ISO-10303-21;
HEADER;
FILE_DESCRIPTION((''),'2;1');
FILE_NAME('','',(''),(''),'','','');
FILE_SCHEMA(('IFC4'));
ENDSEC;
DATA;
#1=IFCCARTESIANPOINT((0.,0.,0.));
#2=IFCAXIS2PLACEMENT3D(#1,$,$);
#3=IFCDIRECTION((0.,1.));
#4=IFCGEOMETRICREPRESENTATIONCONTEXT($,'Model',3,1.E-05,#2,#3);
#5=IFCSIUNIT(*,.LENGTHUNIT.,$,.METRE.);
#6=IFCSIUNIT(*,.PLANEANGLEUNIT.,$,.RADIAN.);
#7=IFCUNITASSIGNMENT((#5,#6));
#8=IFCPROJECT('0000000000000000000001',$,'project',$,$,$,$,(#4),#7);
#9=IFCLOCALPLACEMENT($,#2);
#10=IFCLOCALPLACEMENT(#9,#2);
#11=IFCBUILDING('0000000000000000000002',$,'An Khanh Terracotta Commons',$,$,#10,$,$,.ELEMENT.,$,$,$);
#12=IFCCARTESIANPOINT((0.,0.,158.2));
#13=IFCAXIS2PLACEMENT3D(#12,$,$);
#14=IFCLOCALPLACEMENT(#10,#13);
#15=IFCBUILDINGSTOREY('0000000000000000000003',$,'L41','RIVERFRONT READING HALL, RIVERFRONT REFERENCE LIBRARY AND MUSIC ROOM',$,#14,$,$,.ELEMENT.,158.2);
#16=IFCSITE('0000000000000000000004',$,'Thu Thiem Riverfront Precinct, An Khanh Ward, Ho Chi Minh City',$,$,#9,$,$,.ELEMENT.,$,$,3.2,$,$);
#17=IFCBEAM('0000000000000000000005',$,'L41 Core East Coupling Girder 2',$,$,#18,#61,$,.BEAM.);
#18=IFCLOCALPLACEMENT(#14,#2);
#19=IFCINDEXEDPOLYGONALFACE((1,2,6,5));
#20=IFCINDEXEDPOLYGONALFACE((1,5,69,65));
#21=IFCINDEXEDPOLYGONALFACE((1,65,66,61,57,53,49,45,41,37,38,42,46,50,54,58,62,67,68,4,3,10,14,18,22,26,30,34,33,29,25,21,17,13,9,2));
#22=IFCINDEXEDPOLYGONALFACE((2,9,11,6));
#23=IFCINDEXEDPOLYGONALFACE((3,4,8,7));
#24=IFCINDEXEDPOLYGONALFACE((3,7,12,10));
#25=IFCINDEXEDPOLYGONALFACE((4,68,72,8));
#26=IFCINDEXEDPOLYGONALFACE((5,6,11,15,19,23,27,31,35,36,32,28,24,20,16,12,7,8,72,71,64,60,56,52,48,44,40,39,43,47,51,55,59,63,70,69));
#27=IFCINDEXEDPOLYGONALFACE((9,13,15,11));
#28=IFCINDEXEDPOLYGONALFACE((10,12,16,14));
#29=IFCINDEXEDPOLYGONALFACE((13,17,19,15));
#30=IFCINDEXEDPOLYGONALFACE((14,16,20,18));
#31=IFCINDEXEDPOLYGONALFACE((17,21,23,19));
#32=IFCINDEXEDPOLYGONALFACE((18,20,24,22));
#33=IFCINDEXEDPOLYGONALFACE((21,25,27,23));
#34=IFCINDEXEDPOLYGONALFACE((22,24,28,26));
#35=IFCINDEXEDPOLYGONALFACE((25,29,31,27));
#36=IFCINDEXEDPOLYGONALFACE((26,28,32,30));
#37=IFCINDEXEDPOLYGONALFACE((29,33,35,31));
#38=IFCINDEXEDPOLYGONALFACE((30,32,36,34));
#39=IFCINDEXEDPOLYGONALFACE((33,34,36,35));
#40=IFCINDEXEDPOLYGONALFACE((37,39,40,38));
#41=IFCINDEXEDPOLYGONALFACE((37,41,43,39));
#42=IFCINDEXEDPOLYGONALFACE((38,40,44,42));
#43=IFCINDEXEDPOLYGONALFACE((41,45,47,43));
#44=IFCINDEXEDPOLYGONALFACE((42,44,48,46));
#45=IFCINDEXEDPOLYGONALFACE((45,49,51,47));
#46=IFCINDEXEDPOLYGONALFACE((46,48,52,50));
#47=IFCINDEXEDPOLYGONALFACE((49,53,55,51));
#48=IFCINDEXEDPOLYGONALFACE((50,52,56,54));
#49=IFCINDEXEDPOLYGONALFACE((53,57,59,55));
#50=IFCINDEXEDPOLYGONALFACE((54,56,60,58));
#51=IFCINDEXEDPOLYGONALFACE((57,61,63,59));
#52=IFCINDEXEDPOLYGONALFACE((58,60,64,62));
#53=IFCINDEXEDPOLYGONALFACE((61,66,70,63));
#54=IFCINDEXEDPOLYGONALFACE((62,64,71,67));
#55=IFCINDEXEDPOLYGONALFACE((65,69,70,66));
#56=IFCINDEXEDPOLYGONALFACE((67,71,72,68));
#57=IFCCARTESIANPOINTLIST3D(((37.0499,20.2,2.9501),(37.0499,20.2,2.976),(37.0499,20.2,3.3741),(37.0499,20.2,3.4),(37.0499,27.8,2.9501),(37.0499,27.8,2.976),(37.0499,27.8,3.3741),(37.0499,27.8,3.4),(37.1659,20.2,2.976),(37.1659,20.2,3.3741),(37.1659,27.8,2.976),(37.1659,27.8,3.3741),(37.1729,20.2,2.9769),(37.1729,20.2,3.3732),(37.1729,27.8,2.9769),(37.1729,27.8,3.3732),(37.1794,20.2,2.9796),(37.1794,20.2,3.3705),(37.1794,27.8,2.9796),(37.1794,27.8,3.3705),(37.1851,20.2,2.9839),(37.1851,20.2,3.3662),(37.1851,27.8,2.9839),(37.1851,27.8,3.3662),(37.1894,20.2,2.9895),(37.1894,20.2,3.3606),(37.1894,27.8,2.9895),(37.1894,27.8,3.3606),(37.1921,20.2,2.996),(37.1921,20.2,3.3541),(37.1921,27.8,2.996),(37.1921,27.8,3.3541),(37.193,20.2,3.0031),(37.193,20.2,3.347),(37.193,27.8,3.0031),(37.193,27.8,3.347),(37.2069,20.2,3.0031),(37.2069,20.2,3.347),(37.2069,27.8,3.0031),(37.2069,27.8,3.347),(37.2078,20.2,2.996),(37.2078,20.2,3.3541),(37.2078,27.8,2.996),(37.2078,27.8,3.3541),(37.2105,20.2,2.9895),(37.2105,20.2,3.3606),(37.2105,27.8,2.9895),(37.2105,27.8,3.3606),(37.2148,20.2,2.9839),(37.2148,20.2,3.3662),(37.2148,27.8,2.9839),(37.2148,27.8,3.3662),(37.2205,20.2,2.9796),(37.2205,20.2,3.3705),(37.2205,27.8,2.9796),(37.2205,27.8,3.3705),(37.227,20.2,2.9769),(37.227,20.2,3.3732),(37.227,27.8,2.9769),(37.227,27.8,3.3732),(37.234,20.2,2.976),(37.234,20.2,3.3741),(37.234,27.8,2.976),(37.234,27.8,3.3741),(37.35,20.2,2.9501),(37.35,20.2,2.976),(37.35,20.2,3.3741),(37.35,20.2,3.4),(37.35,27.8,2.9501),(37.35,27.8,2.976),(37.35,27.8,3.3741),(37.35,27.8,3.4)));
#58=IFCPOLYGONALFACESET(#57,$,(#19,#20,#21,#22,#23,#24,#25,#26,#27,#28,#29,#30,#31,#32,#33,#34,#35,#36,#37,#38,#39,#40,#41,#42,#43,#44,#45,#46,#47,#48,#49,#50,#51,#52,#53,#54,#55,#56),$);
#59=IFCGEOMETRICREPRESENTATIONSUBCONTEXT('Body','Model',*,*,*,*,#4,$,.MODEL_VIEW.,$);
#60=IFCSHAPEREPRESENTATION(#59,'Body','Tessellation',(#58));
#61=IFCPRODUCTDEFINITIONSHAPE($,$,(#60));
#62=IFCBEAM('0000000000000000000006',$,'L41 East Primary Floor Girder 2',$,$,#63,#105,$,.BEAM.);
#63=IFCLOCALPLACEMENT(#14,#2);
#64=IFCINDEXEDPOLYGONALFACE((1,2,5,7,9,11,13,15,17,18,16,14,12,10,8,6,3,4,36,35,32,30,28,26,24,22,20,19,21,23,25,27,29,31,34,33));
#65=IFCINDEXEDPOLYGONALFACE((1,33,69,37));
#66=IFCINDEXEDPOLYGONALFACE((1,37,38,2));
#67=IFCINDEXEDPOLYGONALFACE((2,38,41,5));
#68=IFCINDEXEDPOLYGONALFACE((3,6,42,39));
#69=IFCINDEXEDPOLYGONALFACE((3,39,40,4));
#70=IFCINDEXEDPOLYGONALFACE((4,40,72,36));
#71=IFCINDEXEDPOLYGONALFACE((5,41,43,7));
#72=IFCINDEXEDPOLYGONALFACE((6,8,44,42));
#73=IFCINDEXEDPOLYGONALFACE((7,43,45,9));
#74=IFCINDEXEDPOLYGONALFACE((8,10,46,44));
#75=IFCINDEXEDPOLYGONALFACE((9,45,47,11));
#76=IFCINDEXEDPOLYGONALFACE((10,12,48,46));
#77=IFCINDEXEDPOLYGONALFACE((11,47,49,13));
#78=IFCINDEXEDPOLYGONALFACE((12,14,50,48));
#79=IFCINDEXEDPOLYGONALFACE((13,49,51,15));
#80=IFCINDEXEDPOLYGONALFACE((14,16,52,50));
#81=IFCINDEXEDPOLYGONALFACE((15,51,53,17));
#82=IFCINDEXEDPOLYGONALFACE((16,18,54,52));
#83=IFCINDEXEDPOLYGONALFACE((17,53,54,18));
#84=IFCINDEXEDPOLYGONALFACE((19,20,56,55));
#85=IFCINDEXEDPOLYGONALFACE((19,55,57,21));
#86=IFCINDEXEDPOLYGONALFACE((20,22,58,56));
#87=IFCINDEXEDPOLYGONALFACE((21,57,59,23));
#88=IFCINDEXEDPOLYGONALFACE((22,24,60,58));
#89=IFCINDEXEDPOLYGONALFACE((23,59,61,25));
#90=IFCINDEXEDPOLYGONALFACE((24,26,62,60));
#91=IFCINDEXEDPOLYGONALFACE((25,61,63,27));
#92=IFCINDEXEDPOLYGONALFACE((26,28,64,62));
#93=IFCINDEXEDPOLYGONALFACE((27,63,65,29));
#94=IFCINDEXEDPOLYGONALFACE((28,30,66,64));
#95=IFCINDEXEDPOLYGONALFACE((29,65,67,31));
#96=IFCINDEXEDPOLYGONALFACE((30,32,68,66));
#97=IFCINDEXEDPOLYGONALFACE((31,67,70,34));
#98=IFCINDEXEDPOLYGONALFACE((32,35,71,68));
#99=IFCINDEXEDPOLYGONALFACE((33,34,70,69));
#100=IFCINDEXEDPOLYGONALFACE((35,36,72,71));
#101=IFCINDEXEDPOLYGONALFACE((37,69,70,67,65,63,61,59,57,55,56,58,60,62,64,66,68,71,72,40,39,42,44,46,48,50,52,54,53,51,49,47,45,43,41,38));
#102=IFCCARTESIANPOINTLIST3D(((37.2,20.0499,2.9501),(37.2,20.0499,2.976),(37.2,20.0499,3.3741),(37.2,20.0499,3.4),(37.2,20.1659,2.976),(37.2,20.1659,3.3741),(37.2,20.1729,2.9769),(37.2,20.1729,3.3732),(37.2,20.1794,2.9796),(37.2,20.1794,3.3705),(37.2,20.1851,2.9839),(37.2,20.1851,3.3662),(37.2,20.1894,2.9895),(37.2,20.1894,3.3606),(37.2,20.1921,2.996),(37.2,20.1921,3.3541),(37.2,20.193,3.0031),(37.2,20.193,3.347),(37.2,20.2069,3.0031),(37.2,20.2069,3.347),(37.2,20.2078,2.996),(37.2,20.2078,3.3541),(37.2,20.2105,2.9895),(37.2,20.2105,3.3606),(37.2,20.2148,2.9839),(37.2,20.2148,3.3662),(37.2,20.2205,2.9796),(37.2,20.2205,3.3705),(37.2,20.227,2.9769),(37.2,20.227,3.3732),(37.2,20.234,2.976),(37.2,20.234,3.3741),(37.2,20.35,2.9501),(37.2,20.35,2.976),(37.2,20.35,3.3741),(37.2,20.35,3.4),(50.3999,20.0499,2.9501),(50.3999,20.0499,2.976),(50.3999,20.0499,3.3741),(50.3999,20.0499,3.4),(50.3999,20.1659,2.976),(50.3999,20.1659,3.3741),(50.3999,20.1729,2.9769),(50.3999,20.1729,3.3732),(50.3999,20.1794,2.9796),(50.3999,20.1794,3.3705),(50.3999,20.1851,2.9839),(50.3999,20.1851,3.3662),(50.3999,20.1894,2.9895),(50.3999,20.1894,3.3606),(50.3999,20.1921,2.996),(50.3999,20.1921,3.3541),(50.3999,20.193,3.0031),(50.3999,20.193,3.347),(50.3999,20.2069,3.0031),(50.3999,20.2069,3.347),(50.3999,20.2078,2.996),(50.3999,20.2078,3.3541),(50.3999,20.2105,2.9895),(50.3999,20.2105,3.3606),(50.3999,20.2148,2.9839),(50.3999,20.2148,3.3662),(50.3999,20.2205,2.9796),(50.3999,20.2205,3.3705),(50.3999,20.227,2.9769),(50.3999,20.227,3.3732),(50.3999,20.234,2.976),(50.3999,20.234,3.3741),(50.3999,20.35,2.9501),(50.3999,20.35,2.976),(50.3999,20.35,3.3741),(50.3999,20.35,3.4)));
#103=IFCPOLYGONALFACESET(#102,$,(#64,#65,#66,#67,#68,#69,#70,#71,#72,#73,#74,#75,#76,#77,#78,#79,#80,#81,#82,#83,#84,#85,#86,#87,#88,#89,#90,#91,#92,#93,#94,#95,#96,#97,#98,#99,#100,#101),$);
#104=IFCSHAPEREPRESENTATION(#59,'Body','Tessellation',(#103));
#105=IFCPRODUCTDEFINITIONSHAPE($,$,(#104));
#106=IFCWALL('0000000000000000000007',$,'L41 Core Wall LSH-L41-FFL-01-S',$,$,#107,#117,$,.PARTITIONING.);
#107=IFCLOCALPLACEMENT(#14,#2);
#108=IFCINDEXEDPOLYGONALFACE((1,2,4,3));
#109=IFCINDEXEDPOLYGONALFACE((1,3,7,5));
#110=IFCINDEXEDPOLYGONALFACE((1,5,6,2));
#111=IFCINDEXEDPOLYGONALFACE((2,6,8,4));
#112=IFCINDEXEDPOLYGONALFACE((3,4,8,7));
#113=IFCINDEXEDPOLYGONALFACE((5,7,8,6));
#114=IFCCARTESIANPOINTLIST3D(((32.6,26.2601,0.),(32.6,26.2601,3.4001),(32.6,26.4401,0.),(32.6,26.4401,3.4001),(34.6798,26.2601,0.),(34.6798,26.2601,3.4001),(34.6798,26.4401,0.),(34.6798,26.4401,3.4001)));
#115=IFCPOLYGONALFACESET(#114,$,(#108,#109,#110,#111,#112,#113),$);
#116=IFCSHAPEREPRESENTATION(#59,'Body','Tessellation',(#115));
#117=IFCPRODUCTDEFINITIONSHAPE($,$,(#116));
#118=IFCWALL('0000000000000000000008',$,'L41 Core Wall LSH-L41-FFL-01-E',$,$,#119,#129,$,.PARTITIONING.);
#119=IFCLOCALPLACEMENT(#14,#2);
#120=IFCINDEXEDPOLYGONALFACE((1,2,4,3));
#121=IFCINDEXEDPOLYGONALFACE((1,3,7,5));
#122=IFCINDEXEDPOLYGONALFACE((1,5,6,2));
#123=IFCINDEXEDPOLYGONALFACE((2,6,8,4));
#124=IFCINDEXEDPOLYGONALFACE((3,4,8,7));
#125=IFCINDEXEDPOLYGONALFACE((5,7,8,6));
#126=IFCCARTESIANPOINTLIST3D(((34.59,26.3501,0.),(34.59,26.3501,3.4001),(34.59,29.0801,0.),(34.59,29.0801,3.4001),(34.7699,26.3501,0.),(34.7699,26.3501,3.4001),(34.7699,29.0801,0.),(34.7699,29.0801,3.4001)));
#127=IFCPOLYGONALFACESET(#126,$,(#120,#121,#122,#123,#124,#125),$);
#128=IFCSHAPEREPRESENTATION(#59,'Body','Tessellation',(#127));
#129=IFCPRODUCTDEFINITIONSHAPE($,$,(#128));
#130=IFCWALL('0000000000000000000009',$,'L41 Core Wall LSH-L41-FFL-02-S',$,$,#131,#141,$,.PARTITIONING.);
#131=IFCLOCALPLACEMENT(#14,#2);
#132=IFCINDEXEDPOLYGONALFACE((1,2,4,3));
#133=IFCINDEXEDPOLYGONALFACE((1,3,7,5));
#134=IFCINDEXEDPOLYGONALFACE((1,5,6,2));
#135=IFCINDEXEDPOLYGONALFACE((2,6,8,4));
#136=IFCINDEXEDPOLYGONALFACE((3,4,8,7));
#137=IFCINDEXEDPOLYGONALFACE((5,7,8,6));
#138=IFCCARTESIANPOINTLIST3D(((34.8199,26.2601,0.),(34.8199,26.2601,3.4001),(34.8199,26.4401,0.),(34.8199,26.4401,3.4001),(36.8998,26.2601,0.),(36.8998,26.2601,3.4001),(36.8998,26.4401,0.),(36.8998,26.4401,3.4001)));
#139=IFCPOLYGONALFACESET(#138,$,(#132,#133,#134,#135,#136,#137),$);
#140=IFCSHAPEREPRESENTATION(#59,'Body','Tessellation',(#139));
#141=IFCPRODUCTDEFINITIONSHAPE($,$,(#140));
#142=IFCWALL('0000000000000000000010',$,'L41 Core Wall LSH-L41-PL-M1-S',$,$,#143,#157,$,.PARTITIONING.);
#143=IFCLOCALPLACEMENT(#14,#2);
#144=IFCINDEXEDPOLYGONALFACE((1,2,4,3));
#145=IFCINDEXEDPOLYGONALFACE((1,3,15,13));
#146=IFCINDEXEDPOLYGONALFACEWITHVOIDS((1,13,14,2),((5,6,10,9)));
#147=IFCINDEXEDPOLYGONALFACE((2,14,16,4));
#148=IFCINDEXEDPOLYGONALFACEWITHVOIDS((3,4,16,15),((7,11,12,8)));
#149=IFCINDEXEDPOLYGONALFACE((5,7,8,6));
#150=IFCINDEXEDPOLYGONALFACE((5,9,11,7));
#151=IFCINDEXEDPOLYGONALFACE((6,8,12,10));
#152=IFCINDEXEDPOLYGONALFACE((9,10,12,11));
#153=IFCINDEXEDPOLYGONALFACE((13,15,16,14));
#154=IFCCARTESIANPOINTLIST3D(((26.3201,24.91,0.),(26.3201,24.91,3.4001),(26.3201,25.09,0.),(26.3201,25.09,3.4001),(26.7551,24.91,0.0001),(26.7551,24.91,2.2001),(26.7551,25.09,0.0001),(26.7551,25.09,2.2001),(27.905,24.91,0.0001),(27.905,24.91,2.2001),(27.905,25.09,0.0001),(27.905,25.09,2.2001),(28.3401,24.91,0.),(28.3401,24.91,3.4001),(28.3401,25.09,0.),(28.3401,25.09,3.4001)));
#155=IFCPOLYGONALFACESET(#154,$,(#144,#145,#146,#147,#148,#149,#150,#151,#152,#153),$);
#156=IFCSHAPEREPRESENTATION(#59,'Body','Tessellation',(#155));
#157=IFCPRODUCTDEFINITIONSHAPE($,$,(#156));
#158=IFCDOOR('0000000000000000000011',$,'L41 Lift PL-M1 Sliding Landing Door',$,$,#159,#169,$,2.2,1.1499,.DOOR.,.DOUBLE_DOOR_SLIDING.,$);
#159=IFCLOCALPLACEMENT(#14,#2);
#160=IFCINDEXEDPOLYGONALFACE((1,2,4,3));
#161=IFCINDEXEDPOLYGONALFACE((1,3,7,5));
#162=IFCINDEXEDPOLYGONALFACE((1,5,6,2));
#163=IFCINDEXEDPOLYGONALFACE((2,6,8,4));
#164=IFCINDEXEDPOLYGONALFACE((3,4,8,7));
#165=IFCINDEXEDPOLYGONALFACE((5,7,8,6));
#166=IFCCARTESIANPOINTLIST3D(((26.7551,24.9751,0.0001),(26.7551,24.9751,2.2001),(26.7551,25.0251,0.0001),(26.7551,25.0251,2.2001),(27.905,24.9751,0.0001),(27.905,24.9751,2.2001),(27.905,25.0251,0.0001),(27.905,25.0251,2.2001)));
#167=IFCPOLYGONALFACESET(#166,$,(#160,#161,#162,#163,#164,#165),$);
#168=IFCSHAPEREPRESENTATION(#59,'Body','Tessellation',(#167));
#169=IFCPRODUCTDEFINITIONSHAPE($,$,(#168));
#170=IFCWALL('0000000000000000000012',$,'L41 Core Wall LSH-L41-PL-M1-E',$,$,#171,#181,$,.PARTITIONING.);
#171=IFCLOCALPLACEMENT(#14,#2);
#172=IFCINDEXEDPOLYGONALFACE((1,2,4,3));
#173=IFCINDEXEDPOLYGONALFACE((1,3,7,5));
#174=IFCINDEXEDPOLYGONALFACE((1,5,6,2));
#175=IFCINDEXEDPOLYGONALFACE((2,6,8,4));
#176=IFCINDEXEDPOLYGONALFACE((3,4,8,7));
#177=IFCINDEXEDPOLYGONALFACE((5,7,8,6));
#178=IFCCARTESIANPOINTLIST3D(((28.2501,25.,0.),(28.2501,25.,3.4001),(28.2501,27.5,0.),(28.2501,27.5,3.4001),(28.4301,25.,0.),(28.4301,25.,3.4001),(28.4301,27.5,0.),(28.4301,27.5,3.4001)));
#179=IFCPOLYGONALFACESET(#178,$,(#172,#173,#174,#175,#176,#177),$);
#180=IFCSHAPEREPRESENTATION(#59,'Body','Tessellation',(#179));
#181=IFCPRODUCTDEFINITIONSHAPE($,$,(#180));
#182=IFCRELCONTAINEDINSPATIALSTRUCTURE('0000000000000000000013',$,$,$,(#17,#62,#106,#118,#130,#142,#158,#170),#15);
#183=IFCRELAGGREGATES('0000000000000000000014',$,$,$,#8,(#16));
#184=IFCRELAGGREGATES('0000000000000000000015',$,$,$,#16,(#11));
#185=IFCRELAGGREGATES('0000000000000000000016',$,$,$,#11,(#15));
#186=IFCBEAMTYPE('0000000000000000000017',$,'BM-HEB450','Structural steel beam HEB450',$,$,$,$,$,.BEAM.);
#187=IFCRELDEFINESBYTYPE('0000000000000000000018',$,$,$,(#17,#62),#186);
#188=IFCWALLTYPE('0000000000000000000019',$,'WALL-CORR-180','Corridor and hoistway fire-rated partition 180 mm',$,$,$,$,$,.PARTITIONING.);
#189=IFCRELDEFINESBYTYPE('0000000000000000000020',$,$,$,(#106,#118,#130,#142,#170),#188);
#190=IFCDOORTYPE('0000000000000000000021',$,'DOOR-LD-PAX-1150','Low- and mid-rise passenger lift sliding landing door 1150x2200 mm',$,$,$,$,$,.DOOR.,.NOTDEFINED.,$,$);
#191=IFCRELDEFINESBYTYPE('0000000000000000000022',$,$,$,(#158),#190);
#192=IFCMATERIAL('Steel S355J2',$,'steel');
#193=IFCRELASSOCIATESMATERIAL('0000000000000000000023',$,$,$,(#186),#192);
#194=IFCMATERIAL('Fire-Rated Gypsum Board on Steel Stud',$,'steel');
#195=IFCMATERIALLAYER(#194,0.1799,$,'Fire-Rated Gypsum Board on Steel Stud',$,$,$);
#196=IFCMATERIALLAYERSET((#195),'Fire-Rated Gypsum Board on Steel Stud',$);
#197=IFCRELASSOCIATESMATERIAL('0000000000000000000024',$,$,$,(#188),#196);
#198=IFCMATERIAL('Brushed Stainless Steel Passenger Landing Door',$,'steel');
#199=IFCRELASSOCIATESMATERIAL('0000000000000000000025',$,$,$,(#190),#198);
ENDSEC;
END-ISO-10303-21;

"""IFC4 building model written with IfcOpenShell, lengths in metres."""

from ifc_helpers import new_model, si_unit, direction, frame, frame_2d, origin, origin_2d, place, context, subcontext, project, spatial, rectangle, i_section, extrude, material, layer, layer_set, material_profile, profile_set, type_object, element, fill, save


model = new_model("IFC4")

# Units and contexts
model_context = context("Model", 3, precision=1e-05, world=origin(), true_north=direction((0.0, 1.0)))
body_context = subcontext(model_context, "Body", "Model", "MODEL_VIEW")
ifc_project = project(units=[si_unit("LENGTHUNIT", "METRE"), si_unit("PLANEANGLEUNIT", "RADIAN")], contexts=[model_context])

# Site, building, storey
site_placement = place(None, origin())
site = spatial("IfcSite", under=ifc_project, at=site_placement, Name="Thu Thiem Riverfront Precinct, An Khanh Ward, Ho Chi Minh City", CompositionType="ELEMENT", RefElevation=3.2)
building_placement = place(site_placement, origin())
building = spatial("IfcBuilding", under=site, at=building_placement, Name="An Khanh Terracotta Commons", CompositionType="ELEMENT")
storey_placement = place(building_placement, frame((0.0, 0.0, 158.2)))
storey = spatial("IfcBuildingStorey", under=building, at=storey_placement, Name="L41", Description="RIVERFRONT READING HALL, RIVERFRONT REFERENCE LIBRARY AND MUSIC ROOM", CompositionType="ELEMENT", Elevation=158.2)

# Beams
ifc_material_1 = material(Name="Steel S355J2", Category="steel")
ifc_material_profile = material_profile(ifc_material_1, i_section(OverallWidth=0.3, OverallDepth=0.45, WebThickness=0.0139, FlangeThickness=0.0259, FilletRadius=0.0271, at=origin_2d()), Name="HEB450")
ifc_profile_set = profile_set([ifc_material_profile], Name="Steel S355J2")
beam_type = type_object("IfcBeamType", Name="BM-HEB450", Description="Structural steel beam HEB450", PredefinedType="BEAM", material=ifc_profile_set)
beam_1_placement = place(storey_placement, frame((37.2, 20.2, 3.175), z_axis=(0.0, 1.0, 0.0), x_axis=(-1.0, 0.0, 0.0)))
element("IfcBeam", 1, at=beam_1_placement, inside=storey, type_object=beam_type, Name="L41 Core East Coupling Girder 2", PredefinedType="BEAM", context=body_context, shape_type="SweptSolid", body=[
    extrude(i_section(OverallWidth=0.3, OverallDepth=0.45, WebThickness=0.0139, FlangeThickness=0.0259, FilletRadius=0.0271, at=origin_2d()), origin(), (0.0, 0.0, 1.0), 7.6001),
])
beam_2_placement = place(storey_placement, frame((37.2, 20.2, 3.175), z_axis=(1.0, 0.0, 0.0), x_axis=(0.0, 1.0, 0.0)))
element("IfcBeam", 2, at=beam_2_placement, inside=storey, type_object=beam_type, Name="L41 East Primary Floor Girder 2", PredefinedType="BEAM", context=body_context, shape_type="SweptSolid", body=[
    extrude(i_section(OverallWidth=0.3, OverallDepth=0.45, WebThickness=0.0139, FlangeThickness=0.0259, FilletRadius=0.0271, at=origin_2d()), origin(), (0.0, 0.0, 1.0), 13.2),
])

# Walls
ifc_material_2 = material(Name="Fire-Rated Gypsum Board on Steel Stud", Category="steel")
ifc_layer = layer(ifc_material_2, 0.1799, Name="Fire-Rated Gypsum Board on Steel Stud")
ifc_layer_set = layer_set([ifc_layer], Name="Fire-Rated Gypsum Board on Steel Stud")
wall_type = type_object("IfcWallType", Name="WALL-CORR-180", Description="Corridor and hoistway fire-rated partition 180 mm", PredefinedType="PARTITIONING", material=ifc_layer_set)
wall_1_placement = place(storey_placement, frame((34.6799, 26.3501, 0.0), z_axis=(0.0, 0.0, 1.0), x_axis=(-1.0, 0.0, 0.0)))
element("IfcWall", 3, at=wall_1_placement, inside=storey, type_object=wall_type, Name="L41 Core Wall LSH-L41-FFL-01-S", PredefinedType="PARTITIONING", context=body_context, shape_type="SweptSolid", body=[
    extrude(rectangle(XDim=2.0798, YDim=0.1799, at=frame_2d((1.04, 0.0))), origin(), (0.0, 0.0, 1.0), 3.4001),
])
wall_2_placement = place(storey_placement, frame((34.6799, 26.3501, 0.0), z_axis=(0.0, 0.0, 1.0), x_axis=(0.0, 1.0, 0.0)))
element("IfcWall", 4, at=wall_2_placement, inside=storey, type_object=wall_type, Name="L41 Core Wall LSH-L41-FFL-01-E", PredefinedType="PARTITIONING", context=body_context, shape_type="SweptSolid", body=[
    extrude(rectangle(XDim=2.73, YDim=0.1799, at=frame_2d((1.365, 0.0))), origin(), (0.0, 0.0, 1.0), 3.4001),
])
wall_3_placement = place(storey_placement, frame((36.8999, 26.3501, 0.0), z_axis=(0.0, 0.0, 1.0), x_axis=(-1.0, 0.0, 0.0)))
element("IfcWall", 5, at=wall_3_placement, inside=storey, type_object=wall_type, Name="L41 Core Wall LSH-L41-FFL-02-S", PredefinedType="PARTITIONING", context=body_context, shape_type="SweptSolid", body=[
    extrude(rectangle(XDim=2.0798, YDim=0.1799, at=frame_2d((1.04, 0.0))), origin(), (0.0, 0.0, 1.0), 3.4001),
])

# Wall, opening, door
wall_4_placement = place(storey_placement, frame((28.3401, 25.0, 0.0), z_axis=(0.0, 0.0, 1.0), x_axis=(-1.0, 0.0, 0.0)))
wall_4 = element("IfcWall", 6, at=wall_4_placement, inside=storey, type_object=wall_type, Name="L41 Core Wall LSH-L41-PL-M1-S", PredefinedType="PARTITIONING", context=body_context, shape_type="SweptSolid", body=[
    extrude(rectangle(XDim=2.02, YDim=0.1799, at=frame_2d((1.01, 0.0))), origin(), (0.0, 0.0, 1.0), 3.4001),
])
opening_1_placement = place(wall_4_placement, frame((0.4351, 0.0, 0.0)))
opening_1 = element("IfcOpeningElement", 7, at=opening_1_placement, cuts=wall_4, PredefinedType="OPENING", context=body_context, shape_type="SweptSolid", body=[
    extrude(rectangle(XDim=1.1499, YDim=2.2, at=frame_2d((0.575, 1.1001))), frame((0.0, 0.0999, 0.0), z_axis=(0.0, -1.0, 0.0), x_axis=(1.0, 0.0, 0.0)), (0.0, 0.0, 1.0), 0.2),
])
ifc_material_3 = material(Name="Brushed Stainless Steel Passenger Landing Door", Category="steel")
door_type = type_object("IfcDoorType", Name="DOOR-LD-PAX-1150", Description="Low- and mid-rise passenger lift sliding landing door 1150x2200 mm", OperationType="NOTDEFINED", PredefinedType="DOOR", material=ifc_material_3)
door_1_placement = place(opening_1_placement, origin())
door_1 = element("IfcDoor", 8, at=door_1_placement, inside=storey, type_object=door_type, Name="L41 Lift PL-M1 Sliding Landing Door", OperationType="DOUBLE_DOOR_SLIDING", OverallHeight=2.2, OverallWidth=1.1499, PredefinedType="DOOR", context=body_context, shape_type="SweptSolid", body=[
    extrude(rectangle(XDim=1.1499, YDim=2.2, at=frame_2d((0.575, 1.1001))), frame((0.0, 0.0249, 0.0), z_axis=(0.0, -1.0, 0.0), x_axis=(1.0, 0.0, 0.0)), (0.0, 0.0, 1.0), 0.05),
])
fill(opening_1, door_1)

# Wall
wall_5_placement = place(storey_placement, frame((28.3401, 25.0, 0.0), z_axis=(0.0, 0.0, 1.0), x_axis=(0.0, 1.0, 0.0)))
element("IfcWall", 9, at=wall_5_placement, inside=storey, type_object=wall_type, Name="L41 Core Wall LSH-L41-PL-M1-E", PredefinedType="PARTITIONING", context=body_context, shape_type="SweptSolid", body=[
    extrude(rectangle(XDim=2.5, YDim=0.1799, at=frame_2d((1.25, 0.0))), origin(), (0.0, 0.0, 1.0), 3.4001),
])

save(model, "model.ifc")
